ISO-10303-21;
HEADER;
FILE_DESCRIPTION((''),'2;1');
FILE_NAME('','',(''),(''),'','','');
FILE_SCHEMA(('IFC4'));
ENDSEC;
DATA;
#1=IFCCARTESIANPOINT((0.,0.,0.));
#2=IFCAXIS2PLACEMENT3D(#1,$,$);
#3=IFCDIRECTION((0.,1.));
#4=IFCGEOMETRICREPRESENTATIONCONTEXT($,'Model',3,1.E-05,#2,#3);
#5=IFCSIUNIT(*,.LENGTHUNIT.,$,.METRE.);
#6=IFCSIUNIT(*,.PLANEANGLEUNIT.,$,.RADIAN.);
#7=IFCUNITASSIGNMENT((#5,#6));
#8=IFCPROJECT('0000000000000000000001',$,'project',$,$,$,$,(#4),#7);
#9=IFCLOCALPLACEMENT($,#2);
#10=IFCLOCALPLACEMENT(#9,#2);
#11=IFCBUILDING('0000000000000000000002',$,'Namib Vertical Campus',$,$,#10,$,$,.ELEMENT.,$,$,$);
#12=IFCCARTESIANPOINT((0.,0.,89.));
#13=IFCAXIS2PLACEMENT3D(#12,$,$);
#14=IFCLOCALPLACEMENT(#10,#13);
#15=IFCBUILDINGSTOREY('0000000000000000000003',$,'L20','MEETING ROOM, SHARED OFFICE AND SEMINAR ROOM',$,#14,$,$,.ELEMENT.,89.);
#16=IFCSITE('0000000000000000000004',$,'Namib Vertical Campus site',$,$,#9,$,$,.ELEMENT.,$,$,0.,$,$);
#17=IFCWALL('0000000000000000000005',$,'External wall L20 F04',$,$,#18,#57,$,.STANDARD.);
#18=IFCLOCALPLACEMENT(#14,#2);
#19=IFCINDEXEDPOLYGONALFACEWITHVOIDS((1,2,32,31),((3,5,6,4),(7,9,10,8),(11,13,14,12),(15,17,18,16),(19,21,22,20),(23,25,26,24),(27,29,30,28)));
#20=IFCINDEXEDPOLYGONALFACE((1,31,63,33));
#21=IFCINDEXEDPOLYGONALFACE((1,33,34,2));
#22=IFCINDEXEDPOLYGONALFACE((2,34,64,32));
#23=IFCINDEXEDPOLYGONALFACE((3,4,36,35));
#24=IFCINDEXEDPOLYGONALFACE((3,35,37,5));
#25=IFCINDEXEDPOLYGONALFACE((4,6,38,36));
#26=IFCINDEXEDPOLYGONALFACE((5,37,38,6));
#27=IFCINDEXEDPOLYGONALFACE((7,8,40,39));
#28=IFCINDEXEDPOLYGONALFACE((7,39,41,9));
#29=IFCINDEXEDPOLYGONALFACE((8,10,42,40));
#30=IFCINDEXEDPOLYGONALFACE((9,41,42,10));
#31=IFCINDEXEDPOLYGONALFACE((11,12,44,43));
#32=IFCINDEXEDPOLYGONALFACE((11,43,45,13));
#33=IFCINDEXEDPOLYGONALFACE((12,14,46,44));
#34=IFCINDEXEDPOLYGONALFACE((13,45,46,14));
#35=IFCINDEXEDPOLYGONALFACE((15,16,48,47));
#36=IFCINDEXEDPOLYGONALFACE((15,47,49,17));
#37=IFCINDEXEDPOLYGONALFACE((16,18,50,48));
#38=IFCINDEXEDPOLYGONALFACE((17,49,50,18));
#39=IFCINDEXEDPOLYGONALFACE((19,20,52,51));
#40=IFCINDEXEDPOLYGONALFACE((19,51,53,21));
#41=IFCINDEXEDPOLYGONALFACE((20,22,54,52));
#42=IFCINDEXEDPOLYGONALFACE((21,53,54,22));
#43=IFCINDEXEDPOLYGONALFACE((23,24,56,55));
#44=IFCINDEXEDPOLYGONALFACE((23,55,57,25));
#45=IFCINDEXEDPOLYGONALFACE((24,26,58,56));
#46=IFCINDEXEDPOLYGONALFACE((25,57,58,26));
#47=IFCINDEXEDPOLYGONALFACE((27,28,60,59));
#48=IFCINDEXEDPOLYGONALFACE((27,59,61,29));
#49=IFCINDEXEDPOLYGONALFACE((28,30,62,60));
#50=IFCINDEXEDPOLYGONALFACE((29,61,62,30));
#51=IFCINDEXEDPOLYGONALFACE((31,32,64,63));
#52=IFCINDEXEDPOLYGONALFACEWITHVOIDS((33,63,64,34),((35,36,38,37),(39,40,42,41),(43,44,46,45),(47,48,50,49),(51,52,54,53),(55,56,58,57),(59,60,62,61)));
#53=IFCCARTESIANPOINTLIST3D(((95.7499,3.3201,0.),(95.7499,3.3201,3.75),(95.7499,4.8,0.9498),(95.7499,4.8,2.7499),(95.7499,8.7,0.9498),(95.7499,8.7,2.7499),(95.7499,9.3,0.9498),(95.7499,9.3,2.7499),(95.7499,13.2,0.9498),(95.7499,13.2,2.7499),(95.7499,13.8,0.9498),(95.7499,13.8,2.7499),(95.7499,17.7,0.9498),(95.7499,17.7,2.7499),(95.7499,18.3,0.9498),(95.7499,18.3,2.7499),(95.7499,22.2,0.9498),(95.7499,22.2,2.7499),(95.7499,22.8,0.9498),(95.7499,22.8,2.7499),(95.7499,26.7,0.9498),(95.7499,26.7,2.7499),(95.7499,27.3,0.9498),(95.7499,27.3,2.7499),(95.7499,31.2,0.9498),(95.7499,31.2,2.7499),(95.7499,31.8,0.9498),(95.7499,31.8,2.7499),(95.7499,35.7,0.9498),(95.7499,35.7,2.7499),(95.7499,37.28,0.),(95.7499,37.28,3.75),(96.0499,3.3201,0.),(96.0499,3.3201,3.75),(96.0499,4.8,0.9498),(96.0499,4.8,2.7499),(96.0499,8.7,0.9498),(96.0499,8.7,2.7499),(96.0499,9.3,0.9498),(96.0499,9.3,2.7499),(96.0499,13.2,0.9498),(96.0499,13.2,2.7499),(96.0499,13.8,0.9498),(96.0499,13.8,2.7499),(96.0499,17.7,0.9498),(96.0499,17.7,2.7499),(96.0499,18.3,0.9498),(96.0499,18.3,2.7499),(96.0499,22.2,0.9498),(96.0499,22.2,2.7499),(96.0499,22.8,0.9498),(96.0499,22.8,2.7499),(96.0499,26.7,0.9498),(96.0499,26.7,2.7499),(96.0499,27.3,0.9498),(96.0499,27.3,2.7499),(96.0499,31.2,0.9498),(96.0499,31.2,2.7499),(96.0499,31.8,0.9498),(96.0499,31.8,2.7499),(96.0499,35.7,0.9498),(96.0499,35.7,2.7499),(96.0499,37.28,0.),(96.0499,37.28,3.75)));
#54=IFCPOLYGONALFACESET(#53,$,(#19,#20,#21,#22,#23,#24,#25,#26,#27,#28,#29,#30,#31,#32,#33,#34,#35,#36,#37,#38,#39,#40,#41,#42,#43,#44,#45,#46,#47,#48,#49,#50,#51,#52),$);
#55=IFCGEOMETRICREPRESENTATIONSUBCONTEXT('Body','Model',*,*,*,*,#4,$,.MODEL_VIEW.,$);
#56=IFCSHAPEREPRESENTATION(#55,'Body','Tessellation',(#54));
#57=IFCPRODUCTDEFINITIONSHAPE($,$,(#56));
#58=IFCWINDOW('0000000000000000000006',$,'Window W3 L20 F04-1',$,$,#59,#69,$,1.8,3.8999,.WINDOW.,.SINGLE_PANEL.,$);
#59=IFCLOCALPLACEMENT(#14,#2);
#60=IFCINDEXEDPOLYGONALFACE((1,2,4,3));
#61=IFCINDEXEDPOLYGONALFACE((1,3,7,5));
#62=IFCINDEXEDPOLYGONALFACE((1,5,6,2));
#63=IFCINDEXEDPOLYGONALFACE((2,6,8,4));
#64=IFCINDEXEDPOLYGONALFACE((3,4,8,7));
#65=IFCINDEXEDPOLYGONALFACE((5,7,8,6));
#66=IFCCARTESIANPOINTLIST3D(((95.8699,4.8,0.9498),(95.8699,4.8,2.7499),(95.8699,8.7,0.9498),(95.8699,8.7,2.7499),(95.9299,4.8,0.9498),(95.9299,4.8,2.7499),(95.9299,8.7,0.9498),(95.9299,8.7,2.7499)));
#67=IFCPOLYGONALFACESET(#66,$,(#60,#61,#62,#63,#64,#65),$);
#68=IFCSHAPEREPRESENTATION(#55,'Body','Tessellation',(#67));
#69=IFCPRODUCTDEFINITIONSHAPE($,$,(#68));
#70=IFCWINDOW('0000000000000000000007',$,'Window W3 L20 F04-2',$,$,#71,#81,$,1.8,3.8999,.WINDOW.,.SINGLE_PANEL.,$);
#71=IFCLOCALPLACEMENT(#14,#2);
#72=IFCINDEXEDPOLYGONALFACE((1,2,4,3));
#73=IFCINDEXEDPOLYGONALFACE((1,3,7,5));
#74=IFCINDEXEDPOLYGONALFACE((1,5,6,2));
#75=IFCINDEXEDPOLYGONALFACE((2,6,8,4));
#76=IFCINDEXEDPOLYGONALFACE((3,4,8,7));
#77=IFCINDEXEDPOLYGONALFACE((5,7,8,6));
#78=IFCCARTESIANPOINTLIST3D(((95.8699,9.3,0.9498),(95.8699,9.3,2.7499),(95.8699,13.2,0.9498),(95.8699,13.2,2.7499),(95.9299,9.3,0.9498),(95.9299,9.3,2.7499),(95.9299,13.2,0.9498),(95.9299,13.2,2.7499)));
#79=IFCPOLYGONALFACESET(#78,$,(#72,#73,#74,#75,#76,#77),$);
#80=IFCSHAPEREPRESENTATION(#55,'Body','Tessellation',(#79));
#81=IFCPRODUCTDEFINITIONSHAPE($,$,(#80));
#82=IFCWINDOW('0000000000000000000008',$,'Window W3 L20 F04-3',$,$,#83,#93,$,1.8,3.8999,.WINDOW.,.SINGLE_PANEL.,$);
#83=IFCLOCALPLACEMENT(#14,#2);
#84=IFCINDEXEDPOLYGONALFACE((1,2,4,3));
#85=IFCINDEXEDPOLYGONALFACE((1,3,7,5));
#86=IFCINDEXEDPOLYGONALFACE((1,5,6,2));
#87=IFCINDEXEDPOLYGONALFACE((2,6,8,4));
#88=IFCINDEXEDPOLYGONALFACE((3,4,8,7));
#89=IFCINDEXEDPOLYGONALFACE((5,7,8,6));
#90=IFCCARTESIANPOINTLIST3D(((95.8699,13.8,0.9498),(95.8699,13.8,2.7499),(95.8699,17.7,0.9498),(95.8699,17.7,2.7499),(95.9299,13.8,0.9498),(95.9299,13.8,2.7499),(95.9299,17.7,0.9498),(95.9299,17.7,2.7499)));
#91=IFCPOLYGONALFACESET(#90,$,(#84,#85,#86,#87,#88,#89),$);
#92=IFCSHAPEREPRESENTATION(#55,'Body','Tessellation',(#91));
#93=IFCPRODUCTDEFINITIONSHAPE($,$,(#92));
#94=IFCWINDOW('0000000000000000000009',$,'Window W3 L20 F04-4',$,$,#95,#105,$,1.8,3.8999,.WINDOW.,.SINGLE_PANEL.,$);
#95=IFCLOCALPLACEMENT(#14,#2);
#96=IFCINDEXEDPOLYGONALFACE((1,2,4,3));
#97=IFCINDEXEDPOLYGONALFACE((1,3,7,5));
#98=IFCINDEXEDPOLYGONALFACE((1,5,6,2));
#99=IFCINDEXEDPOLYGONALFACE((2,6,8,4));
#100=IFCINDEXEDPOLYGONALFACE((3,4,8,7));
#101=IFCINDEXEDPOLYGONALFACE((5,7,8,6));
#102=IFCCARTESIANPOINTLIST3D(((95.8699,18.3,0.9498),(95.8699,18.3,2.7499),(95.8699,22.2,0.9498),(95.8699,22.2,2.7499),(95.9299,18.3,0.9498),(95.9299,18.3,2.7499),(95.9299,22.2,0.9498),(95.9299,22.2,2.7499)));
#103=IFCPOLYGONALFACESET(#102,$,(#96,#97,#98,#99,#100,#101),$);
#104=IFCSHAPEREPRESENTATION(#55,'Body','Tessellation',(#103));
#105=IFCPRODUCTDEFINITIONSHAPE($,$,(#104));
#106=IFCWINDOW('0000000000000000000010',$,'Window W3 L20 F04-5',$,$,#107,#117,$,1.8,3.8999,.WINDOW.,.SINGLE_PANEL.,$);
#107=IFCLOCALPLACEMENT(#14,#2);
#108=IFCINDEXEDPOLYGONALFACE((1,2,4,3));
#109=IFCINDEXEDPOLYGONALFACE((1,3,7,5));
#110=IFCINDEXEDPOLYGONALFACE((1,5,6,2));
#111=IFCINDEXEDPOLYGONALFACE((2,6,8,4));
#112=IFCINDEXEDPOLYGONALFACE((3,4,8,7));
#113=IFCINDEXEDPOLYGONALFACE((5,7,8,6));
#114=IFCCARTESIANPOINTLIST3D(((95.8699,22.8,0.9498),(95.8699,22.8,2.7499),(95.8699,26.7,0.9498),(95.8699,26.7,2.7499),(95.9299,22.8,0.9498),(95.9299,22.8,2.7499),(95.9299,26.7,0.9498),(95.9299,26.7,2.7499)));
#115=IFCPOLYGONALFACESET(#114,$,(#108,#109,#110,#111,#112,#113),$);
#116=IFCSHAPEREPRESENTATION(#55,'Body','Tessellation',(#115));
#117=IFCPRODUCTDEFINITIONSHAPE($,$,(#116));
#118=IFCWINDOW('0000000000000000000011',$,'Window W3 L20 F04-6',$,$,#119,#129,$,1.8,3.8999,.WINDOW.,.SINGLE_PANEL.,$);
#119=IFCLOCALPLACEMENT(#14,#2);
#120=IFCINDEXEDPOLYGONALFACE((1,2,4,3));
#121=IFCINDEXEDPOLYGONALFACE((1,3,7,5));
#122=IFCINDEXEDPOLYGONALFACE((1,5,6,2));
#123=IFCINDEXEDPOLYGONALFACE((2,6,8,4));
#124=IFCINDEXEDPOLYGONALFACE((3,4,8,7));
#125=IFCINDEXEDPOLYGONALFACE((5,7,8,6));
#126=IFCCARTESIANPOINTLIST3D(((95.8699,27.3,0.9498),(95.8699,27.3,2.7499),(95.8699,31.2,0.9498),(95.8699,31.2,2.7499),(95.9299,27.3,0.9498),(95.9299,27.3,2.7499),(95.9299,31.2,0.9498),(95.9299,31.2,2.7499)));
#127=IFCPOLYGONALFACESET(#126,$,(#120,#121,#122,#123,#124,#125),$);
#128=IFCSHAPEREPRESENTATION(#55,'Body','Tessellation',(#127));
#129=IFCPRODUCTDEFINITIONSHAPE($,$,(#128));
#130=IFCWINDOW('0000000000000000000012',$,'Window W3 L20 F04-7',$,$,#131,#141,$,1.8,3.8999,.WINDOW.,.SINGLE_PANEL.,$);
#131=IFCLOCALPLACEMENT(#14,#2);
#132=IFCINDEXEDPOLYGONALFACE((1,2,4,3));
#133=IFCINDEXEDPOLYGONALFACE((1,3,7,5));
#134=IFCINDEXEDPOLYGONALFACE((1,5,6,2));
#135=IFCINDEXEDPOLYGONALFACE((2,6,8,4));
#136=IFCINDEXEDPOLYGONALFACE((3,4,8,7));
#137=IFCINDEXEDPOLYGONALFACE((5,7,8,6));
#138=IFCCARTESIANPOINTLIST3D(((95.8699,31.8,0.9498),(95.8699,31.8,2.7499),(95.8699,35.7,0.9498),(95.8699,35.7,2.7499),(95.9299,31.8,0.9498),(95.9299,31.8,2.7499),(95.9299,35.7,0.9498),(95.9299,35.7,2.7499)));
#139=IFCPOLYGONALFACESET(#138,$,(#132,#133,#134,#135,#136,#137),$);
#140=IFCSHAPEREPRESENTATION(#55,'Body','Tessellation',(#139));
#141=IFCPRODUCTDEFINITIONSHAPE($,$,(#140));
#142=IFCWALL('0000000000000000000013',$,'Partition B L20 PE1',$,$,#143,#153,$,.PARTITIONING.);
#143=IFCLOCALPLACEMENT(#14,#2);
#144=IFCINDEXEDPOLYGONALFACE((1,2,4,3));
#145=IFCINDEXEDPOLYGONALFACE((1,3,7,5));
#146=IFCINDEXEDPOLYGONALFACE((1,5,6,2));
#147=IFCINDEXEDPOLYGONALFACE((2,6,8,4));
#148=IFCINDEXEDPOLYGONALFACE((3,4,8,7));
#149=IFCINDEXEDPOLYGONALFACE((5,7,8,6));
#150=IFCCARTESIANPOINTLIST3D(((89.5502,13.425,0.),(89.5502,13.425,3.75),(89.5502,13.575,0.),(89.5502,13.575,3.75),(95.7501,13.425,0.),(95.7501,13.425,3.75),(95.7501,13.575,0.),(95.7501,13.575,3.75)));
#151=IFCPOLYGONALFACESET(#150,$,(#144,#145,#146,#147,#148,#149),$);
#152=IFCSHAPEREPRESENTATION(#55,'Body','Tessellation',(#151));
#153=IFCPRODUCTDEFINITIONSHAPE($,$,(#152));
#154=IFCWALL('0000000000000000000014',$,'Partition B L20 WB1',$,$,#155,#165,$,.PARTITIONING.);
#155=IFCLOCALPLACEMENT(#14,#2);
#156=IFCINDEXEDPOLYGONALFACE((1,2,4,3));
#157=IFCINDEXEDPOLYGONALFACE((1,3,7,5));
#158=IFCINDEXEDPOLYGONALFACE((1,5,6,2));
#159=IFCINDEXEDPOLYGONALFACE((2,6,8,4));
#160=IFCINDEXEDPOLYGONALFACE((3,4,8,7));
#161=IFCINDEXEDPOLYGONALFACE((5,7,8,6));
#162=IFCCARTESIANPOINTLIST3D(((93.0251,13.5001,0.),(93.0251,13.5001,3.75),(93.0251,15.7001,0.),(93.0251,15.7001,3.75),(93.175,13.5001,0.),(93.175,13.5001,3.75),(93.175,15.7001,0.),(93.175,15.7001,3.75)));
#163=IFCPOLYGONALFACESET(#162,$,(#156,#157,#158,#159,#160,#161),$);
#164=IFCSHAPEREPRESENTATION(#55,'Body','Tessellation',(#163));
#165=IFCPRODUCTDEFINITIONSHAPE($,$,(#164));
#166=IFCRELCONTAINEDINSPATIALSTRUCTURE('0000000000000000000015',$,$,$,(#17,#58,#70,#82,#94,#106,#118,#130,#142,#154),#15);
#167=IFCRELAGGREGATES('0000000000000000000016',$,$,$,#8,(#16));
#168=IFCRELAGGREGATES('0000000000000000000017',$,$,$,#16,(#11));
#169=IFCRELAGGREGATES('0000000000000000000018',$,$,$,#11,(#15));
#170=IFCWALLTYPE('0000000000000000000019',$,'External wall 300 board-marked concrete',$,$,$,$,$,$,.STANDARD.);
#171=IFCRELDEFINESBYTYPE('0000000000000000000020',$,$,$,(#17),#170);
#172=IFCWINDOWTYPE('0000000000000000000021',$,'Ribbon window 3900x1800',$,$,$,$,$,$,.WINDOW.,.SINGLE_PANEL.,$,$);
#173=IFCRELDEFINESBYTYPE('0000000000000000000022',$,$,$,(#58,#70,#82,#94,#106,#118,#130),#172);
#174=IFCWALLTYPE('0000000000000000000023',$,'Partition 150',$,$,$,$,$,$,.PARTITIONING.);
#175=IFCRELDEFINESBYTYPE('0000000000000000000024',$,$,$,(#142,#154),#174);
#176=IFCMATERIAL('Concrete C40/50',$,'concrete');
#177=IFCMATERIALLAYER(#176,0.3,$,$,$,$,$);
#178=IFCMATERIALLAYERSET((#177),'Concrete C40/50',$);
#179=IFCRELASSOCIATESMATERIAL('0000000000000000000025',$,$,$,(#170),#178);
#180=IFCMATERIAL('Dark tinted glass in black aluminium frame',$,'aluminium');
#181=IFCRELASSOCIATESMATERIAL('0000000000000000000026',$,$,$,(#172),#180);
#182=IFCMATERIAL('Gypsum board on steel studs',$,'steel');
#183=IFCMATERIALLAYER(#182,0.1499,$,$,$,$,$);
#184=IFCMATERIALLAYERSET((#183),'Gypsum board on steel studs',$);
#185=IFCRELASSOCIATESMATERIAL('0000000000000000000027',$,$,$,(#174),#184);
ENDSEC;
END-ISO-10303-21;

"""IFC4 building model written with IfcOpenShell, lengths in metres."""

from ifc_helpers import new_model, si_unit, direction, frame, frame_2d, origin, place, context, subcontext, project, spatial, rectangle, extrude, material, layer, layer_set, type_object, element, fill, save


model = new_model("IFC4")

# Units and contexts
model_context = context("Model", 3, precision=1e-05, world=origin(), true_north=direction((0.0, 1.0)))
body_context = subcontext(model_context, "Body", "Model", "MODEL_VIEW")
ifc_project = project(units=[si_unit("LENGTHUNIT", "METRE"), si_unit("PLANEANGLEUNIT", "RADIAN")], contexts=[model_context])

# Site, building, storey
site_placement = place(None, origin())
site = spatial("IfcSite", under=ifc_project, at=site_placement, Name="Namib Vertical Campus site", CompositionType="ELEMENT", RefElevation=0.0)
building_placement = place(site_placement, origin())
building = spatial("IfcBuilding", under=site, at=building_placement, Name="Namib Vertical Campus", CompositionType="ELEMENT")
storey_placement = place(building_placement, frame((0.0, 0.0, 89.0)))
storey = spatial("IfcBuildingStorey", under=building, at=storey_placement, Name="L20", Description="MEETING ROOM, SHARED OFFICE AND SEMINAR ROOM", CompositionType="ELEMENT", Elevation=89.0)

# Wall, openings, windows
ifc_material_1 = material(Name="Concrete C40/50", Category="concrete")
ifc_layer_1 = layer(ifc_material_1, 0.3)
ifc_layer_set_1 = layer_set([ifc_layer_1], Name="Concrete C40/50")
wall_type_1 = type_object("IfcWallType", Name="External wall 300 board-marked concrete", PredefinedType="STANDARD", material=ifc_layer_set_1)
wall_1_placement = place(storey_placement, frame((95.8999, 3.3201, 0.0), z_axis=(0.0, 0.0, 1.0), x_axis=(0.0, 1.0, 0.0)))
wall_1 = element("IfcWall", 1, at=wall_1_placement, inside=storey, type_object=wall_type_1, Name="External wall L20 F04", PredefinedType="STANDARD", context=body_context, shape_type="SweptSolid", body=[
    extrude(rectangle(XDim=33.96, YDim=0.3, at=frame_2d((16.98, 0.0))), origin(), (0.0, 0.0, 1.0), 3.75),
])
opening_1_placement = place(wall_1_placement, frame((1.48, 0.0, 0.95)))
opening_1 = element("IfcOpeningElement", 2, at=opening_1_placement, cuts=wall_1, PredefinedType="OPENING", context=body_context, shape_type="SweptSolid", body=[
    extrude(rectangle(XDim=3.8999, YDim=1.8, at=frame_2d((1.95, 0.8999))), frame((0.0, 0.1599, 0.0), z_axis=(0.0, -1.0, 0.0), x_axis=(1.0, 0.0, 0.0)), (0.0, 0.0, 1.0), 0.3201),
])
opening_2_placement = place(wall_1_placement, frame((5.98, 0.0, 0.95)))
opening_2 = element("IfcOpeningElement", 3, at=opening_2_placement, cuts=wall_1, PredefinedType="OPENING", context=body_context, shape_type="SweptSolid", body=[
    extrude(rectangle(XDim=3.8999, YDim=1.8, at=frame_2d((1.95, 0.8999))), frame((0.0, 0.1599, 0.0), z_axis=(0.0, -1.0, 0.0), x_axis=(1.0, 0.0, 0.0)), (0.0, 0.0, 1.0), 0.3201),
])
opening_3_placement = place(wall_1_placement, frame((10.48, 0.0, 0.95)))
opening_3 = element("IfcOpeningElement", 4, at=opening_3_placement, cuts=wall_1, PredefinedType="OPENING", context=body_context, shape_type="SweptSolid", body=[
    extrude(rectangle(XDim=3.8999, YDim=1.8, at=frame_2d((1.95, 0.8999))), frame((0.0, 0.1599, 0.0), z_axis=(0.0, -1.0, 0.0), x_axis=(1.0, 0.0, 0.0)), (0.0, 0.0, 1.0), 0.3201),
])
opening_4_placement = place(wall_1_placement, frame((14.98, 0.0, 0.95)))
opening_4 = element("IfcOpeningElement", 5, at=opening_4_placement, cuts=wall_1, PredefinedType="OPENING", context=body_context, shape_type="SweptSolid", body=[
    extrude(rectangle(XDim=3.8999, YDim=1.8, at=frame_2d((1.95, 0.8999))), frame((0.0, 0.1599, 0.0), z_axis=(0.0, -1.0, 0.0), x_axis=(1.0, 0.0, 0.0)), (0.0, 0.0, 1.0), 0.3201),
])
opening_5_placement = place(wall_1_placement, frame((19.48, 0.0, 0.95)))
opening_5 = element("IfcOpeningElement", 6, at=opening_5_placement, cuts=wall_1, PredefinedType="OPENING", context=body_context, shape_type="SweptSolid", body=[
    extrude(rectangle(XDim=3.8999, YDim=1.8, at=frame_2d((1.95, 0.8999))), frame((0.0, 0.1599, 0.0), z_axis=(0.0, -1.0, 0.0), x_axis=(1.0, 0.0, 0.0)), (0.0, 0.0, 1.0), 0.3201),
])
opening_6_placement = place(wall_1_placement, frame((23.98, 0.0, 0.95)))
opening_6 = element("IfcOpeningElement", 7, at=opening_6_placement, cuts=wall_1, PredefinedType="OPENING", context=body_context, shape_type="SweptSolid", body=[
    extrude(rectangle(XDim=3.8999, YDim=1.8, at=frame_2d((1.95, 0.8999))), frame((0.0, 0.1599, 0.0), z_axis=(0.0, -1.0, 0.0), x_axis=(1.0, 0.0, 0.0)), (0.0, 0.0, 1.0), 0.3201),
])
opening_7_placement = place(wall_1_placement, frame((28.48, 0.0, 0.95)))
opening_7 = element("IfcOpeningElement", 8, at=opening_7_placement, cuts=wall_1, PredefinedType="OPENING", context=body_context, shape_type="SweptSolid", body=[
    extrude(rectangle(XDim=3.8999, YDim=1.8, at=frame_2d((1.95, 0.8999))), frame((0.0, 0.1599, 0.0), z_axis=(0.0, -1.0, 0.0), x_axis=(1.0, 0.0, 0.0)), (0.0, 0.0, 1.0), 0.3201),
])
ifc_material_2 = material(Name="Dark tinted glass in black aluminium frame", Category="aluminium")
window_type = type_object("IfcWindowType", Name="Ribbon window 3900x1800", PartitioningType="SINGLE_PANEL", PredefinedType="WINDOW", material=ifc_material_2)
window_1_placement = place(opening_1_placement, origin())
window_1 = element("IfcWindow", 9, at=window_1_placement, inside=storey, type_object=window_type, Name="Window W3 L20 F04-1", OverallHeight=1.8, OverallWidth=3.8999, PartitioningType="SINGLE_PANEL", PredefinedType="WINDOW", context=body_context, shape_type="SweptSolid", body=[
    extrude(rectangle(XDim=3.8999, YDim=1.8, at=frame_2d((1.95, 0.8999))), frame((0.0, 0.03, 0.0), z_axis=(0.0, -1.0, 0.0), x_axis=(1.0, 0.0, 0.0)), (0.0, 0.0, 1.0), 0.0601),
])
fill(opening_1, window_1)
window_2_placement = place(opening_2_placement, origin())
window_2 = element("IfcWindow", 10, at=window_2_placement, inside=storey, type_object=window_type, Name="Window W3 L20 F04-2", OverallHeight=1.8, OverallWidth=3.8999, PartitioningType="SINGLE_PANEL", PredefinedType="WINDOW", context=body_context, shape_type="SweptSolid", body=[
    extrude(rectangle(XDim=3.8999, YDim=1.8, at=frame_2d((1.95, 0.8999))), frame((0.0, 0.03, 0.0), z_axis=(0.0, -1.0, 0.0), x_axis=(1.0, 0.0, 0.0)), (0.0, 0.0, 1.0), 0.0601),
])
fill(opening_2, window_2)
window_3_placement = place(opening_3_placement, origin())
window_3 = element("IfcWindow", 11, at=window_3_placement, inside=storey, type_object=window_type, Name="Window W3 L20 F04-3", OverallHeight=1.8, OverallWidth=3.8999, PartitioningType="SINGLE_PANEL", PredefinedType="WINDOW", context=body_context, shape_type="SweptSolid", body=[
    extrude(rectangle(XDim=3.8999, YDim=1.8, at=frame_2d((1.95, 0.8999))), frame((0.0, 0.03, 0.0), z_axis=(0.0, -1.0, 0.0), x_axis=(1.0, 0.0, 0.0)), (0.0, 0.0, 1.0), 0.0601),
])
fill(opening_3, window_3)
window_4_placement = place(opening_4_placement, origin())
window_4 = element("IfcWindow", 12, at=window_4_placement, inside=storey, type_object=window_type, Name="Window W3 L20 F04-4", OverallHeight=1.8, OverallWidth=3.8999, PartitioningType="SINGLE_PANEL", PredefinedType="WINDOW", context=body_context, shape_type="SweptSolid", body=[
    extrude(rectangle(XDim=3.8999, YDim=1.8, at=frame_2d((1.95, 0.8999))), frame((0.0, 0.03, 0.0), z_axis=(0.0, -1.0, 0.0), x_axis=(1.0, 0.0, 0.0)), (0.0, 0.0, 1.0), 0.0601),
])
fill(opening_4, window_4)
window_5_placement = place(opening_5_placement, origin())
window_5 = element("IfcWindow", 13, at=window_5_placement, inside=storey, type_object=window_type, Name="Window W3 L20 F04-5", OverallHeight=1.8, OverallWidth=3.8999, PartitioningType="SINGLE_PANEL", PredefinedType="WINDOW", context=body_context, shape_type="SweptSolid", body=[
    extrude(rectangle(XDim=3.8999, YDim=1.8, at=frame_2d((1.95, 0.8999))), frame((0.0, 0.03, 0.0), z_axis=(0.0, -1.0, 0.0), x_axis=(1.0, 0.0, 0.0)), (0.0, 0.0, 1.0), 0.0601),
])
fill(opening_5, window_5)
window_6_placement = place(opening_6_placement, origin())
window_6 = element("IfcWindow", 14, at=window_6_placement, inside=storey, type_object=window_type, Name="Window W3 L20 F04-6", OverallHeight=1.8, OverallWidth=3.8999, PartitioningType="SINGLE_PANEL", PredefinedType="WINDOW", context=body_context, shape_type="SweptSolid", body=[
    extrude(rectangle(XDim=3.8999, YDim=1.8, at=frame_2d((1.95, 0.8999))), frame((0.0, 0.03, 0.0), z_axis=(0.0, -1.0, 0.0), x_axis=(1.0, 0.0, 0.0)), (0.0, 0.0, 1.0), 0.0601),
])
fill(opening_6, window_6)
window_7_placement = place(opening_7_placement, origin())
window_7 = element("IfcWindow", 15, at=window_7_placement, inside=storey, type_object=window_type, Name="Window W3 L20 F04-7", OverallHeight=1.8, OverallWidth=3.8999, PartitioningType="SINGLE_PANEL", PredefinedType="WINDOW", context=body_context, shape_type="SweptSolid", body=[
    extrude(rectangle(XDim=3.8999, YDim=1.8, at=frame_2d((1.95, 0.8999))), frame((0.0, 0.03, 0.0), z_axis=(0.0, -1.0, 0.0), x_axis=(1.0, 0.0, 0.0)), (0.0, 0.0, 1.0), 0.0601),
])
fill(opening_7, window_7)

# Walls
ifc_material_3 = material(Name="Gypsum board on steel studs", Category="steel")
ifc_layer_2 = layer(ifc_material_3, 0.1499)
ifc_layer_set_2 = layer_set([ifc_layer_2], Name="Gypsum board on steel studs")
wall_type_2 = type_object("IfcWallType", Name="Partition 150", PredefinedType="PARTITIONING", material=ifc_layer_set_2)
wall_2_placement = place(storey_placement, frame((89.55, 13.5, 0.0), z_axis=(0.0, 0.0, 1.0), x_axis=(1.0, 0.0, 0.0)))
element("IfcWall", 16, at=wall_2_placement, inside=storey, type_object=wall_type_2, Name="Partition B L20 PE1", PredefinedType="PARTITIONING", context=body_context, shape_type="SweptSolid", body=[
    extrude(rectangle(XDim=6.2, YDim=0.1499, at=frame_2d((3.1001, 0.0))), origin(), (0.0, 0.0, 1.0), 3.75),
])
wall_3_placement = place(storey_placement, frame((93.1001, 13.5, 0.0), z_axis=(0.0, 0.0, 1.0), x_axis=(0.0, 1.0, 0.0)))
element("IfcWall", 17, at=wall_3_placement, inside=storey, type_object=wall_type_2, Name="Partition B L20 WB1", PredefinedType="PARTITIONING", context=body_context, shape_type="SweptSolid", body=[
    extrude(rectangle(XDim=2.2, YDim=0.1499, at=frame_2d((1.1001, 0.0))), origin(), (0.0, 0.0, 1.0), 3.75),
])

save(model, "model.ifc")
